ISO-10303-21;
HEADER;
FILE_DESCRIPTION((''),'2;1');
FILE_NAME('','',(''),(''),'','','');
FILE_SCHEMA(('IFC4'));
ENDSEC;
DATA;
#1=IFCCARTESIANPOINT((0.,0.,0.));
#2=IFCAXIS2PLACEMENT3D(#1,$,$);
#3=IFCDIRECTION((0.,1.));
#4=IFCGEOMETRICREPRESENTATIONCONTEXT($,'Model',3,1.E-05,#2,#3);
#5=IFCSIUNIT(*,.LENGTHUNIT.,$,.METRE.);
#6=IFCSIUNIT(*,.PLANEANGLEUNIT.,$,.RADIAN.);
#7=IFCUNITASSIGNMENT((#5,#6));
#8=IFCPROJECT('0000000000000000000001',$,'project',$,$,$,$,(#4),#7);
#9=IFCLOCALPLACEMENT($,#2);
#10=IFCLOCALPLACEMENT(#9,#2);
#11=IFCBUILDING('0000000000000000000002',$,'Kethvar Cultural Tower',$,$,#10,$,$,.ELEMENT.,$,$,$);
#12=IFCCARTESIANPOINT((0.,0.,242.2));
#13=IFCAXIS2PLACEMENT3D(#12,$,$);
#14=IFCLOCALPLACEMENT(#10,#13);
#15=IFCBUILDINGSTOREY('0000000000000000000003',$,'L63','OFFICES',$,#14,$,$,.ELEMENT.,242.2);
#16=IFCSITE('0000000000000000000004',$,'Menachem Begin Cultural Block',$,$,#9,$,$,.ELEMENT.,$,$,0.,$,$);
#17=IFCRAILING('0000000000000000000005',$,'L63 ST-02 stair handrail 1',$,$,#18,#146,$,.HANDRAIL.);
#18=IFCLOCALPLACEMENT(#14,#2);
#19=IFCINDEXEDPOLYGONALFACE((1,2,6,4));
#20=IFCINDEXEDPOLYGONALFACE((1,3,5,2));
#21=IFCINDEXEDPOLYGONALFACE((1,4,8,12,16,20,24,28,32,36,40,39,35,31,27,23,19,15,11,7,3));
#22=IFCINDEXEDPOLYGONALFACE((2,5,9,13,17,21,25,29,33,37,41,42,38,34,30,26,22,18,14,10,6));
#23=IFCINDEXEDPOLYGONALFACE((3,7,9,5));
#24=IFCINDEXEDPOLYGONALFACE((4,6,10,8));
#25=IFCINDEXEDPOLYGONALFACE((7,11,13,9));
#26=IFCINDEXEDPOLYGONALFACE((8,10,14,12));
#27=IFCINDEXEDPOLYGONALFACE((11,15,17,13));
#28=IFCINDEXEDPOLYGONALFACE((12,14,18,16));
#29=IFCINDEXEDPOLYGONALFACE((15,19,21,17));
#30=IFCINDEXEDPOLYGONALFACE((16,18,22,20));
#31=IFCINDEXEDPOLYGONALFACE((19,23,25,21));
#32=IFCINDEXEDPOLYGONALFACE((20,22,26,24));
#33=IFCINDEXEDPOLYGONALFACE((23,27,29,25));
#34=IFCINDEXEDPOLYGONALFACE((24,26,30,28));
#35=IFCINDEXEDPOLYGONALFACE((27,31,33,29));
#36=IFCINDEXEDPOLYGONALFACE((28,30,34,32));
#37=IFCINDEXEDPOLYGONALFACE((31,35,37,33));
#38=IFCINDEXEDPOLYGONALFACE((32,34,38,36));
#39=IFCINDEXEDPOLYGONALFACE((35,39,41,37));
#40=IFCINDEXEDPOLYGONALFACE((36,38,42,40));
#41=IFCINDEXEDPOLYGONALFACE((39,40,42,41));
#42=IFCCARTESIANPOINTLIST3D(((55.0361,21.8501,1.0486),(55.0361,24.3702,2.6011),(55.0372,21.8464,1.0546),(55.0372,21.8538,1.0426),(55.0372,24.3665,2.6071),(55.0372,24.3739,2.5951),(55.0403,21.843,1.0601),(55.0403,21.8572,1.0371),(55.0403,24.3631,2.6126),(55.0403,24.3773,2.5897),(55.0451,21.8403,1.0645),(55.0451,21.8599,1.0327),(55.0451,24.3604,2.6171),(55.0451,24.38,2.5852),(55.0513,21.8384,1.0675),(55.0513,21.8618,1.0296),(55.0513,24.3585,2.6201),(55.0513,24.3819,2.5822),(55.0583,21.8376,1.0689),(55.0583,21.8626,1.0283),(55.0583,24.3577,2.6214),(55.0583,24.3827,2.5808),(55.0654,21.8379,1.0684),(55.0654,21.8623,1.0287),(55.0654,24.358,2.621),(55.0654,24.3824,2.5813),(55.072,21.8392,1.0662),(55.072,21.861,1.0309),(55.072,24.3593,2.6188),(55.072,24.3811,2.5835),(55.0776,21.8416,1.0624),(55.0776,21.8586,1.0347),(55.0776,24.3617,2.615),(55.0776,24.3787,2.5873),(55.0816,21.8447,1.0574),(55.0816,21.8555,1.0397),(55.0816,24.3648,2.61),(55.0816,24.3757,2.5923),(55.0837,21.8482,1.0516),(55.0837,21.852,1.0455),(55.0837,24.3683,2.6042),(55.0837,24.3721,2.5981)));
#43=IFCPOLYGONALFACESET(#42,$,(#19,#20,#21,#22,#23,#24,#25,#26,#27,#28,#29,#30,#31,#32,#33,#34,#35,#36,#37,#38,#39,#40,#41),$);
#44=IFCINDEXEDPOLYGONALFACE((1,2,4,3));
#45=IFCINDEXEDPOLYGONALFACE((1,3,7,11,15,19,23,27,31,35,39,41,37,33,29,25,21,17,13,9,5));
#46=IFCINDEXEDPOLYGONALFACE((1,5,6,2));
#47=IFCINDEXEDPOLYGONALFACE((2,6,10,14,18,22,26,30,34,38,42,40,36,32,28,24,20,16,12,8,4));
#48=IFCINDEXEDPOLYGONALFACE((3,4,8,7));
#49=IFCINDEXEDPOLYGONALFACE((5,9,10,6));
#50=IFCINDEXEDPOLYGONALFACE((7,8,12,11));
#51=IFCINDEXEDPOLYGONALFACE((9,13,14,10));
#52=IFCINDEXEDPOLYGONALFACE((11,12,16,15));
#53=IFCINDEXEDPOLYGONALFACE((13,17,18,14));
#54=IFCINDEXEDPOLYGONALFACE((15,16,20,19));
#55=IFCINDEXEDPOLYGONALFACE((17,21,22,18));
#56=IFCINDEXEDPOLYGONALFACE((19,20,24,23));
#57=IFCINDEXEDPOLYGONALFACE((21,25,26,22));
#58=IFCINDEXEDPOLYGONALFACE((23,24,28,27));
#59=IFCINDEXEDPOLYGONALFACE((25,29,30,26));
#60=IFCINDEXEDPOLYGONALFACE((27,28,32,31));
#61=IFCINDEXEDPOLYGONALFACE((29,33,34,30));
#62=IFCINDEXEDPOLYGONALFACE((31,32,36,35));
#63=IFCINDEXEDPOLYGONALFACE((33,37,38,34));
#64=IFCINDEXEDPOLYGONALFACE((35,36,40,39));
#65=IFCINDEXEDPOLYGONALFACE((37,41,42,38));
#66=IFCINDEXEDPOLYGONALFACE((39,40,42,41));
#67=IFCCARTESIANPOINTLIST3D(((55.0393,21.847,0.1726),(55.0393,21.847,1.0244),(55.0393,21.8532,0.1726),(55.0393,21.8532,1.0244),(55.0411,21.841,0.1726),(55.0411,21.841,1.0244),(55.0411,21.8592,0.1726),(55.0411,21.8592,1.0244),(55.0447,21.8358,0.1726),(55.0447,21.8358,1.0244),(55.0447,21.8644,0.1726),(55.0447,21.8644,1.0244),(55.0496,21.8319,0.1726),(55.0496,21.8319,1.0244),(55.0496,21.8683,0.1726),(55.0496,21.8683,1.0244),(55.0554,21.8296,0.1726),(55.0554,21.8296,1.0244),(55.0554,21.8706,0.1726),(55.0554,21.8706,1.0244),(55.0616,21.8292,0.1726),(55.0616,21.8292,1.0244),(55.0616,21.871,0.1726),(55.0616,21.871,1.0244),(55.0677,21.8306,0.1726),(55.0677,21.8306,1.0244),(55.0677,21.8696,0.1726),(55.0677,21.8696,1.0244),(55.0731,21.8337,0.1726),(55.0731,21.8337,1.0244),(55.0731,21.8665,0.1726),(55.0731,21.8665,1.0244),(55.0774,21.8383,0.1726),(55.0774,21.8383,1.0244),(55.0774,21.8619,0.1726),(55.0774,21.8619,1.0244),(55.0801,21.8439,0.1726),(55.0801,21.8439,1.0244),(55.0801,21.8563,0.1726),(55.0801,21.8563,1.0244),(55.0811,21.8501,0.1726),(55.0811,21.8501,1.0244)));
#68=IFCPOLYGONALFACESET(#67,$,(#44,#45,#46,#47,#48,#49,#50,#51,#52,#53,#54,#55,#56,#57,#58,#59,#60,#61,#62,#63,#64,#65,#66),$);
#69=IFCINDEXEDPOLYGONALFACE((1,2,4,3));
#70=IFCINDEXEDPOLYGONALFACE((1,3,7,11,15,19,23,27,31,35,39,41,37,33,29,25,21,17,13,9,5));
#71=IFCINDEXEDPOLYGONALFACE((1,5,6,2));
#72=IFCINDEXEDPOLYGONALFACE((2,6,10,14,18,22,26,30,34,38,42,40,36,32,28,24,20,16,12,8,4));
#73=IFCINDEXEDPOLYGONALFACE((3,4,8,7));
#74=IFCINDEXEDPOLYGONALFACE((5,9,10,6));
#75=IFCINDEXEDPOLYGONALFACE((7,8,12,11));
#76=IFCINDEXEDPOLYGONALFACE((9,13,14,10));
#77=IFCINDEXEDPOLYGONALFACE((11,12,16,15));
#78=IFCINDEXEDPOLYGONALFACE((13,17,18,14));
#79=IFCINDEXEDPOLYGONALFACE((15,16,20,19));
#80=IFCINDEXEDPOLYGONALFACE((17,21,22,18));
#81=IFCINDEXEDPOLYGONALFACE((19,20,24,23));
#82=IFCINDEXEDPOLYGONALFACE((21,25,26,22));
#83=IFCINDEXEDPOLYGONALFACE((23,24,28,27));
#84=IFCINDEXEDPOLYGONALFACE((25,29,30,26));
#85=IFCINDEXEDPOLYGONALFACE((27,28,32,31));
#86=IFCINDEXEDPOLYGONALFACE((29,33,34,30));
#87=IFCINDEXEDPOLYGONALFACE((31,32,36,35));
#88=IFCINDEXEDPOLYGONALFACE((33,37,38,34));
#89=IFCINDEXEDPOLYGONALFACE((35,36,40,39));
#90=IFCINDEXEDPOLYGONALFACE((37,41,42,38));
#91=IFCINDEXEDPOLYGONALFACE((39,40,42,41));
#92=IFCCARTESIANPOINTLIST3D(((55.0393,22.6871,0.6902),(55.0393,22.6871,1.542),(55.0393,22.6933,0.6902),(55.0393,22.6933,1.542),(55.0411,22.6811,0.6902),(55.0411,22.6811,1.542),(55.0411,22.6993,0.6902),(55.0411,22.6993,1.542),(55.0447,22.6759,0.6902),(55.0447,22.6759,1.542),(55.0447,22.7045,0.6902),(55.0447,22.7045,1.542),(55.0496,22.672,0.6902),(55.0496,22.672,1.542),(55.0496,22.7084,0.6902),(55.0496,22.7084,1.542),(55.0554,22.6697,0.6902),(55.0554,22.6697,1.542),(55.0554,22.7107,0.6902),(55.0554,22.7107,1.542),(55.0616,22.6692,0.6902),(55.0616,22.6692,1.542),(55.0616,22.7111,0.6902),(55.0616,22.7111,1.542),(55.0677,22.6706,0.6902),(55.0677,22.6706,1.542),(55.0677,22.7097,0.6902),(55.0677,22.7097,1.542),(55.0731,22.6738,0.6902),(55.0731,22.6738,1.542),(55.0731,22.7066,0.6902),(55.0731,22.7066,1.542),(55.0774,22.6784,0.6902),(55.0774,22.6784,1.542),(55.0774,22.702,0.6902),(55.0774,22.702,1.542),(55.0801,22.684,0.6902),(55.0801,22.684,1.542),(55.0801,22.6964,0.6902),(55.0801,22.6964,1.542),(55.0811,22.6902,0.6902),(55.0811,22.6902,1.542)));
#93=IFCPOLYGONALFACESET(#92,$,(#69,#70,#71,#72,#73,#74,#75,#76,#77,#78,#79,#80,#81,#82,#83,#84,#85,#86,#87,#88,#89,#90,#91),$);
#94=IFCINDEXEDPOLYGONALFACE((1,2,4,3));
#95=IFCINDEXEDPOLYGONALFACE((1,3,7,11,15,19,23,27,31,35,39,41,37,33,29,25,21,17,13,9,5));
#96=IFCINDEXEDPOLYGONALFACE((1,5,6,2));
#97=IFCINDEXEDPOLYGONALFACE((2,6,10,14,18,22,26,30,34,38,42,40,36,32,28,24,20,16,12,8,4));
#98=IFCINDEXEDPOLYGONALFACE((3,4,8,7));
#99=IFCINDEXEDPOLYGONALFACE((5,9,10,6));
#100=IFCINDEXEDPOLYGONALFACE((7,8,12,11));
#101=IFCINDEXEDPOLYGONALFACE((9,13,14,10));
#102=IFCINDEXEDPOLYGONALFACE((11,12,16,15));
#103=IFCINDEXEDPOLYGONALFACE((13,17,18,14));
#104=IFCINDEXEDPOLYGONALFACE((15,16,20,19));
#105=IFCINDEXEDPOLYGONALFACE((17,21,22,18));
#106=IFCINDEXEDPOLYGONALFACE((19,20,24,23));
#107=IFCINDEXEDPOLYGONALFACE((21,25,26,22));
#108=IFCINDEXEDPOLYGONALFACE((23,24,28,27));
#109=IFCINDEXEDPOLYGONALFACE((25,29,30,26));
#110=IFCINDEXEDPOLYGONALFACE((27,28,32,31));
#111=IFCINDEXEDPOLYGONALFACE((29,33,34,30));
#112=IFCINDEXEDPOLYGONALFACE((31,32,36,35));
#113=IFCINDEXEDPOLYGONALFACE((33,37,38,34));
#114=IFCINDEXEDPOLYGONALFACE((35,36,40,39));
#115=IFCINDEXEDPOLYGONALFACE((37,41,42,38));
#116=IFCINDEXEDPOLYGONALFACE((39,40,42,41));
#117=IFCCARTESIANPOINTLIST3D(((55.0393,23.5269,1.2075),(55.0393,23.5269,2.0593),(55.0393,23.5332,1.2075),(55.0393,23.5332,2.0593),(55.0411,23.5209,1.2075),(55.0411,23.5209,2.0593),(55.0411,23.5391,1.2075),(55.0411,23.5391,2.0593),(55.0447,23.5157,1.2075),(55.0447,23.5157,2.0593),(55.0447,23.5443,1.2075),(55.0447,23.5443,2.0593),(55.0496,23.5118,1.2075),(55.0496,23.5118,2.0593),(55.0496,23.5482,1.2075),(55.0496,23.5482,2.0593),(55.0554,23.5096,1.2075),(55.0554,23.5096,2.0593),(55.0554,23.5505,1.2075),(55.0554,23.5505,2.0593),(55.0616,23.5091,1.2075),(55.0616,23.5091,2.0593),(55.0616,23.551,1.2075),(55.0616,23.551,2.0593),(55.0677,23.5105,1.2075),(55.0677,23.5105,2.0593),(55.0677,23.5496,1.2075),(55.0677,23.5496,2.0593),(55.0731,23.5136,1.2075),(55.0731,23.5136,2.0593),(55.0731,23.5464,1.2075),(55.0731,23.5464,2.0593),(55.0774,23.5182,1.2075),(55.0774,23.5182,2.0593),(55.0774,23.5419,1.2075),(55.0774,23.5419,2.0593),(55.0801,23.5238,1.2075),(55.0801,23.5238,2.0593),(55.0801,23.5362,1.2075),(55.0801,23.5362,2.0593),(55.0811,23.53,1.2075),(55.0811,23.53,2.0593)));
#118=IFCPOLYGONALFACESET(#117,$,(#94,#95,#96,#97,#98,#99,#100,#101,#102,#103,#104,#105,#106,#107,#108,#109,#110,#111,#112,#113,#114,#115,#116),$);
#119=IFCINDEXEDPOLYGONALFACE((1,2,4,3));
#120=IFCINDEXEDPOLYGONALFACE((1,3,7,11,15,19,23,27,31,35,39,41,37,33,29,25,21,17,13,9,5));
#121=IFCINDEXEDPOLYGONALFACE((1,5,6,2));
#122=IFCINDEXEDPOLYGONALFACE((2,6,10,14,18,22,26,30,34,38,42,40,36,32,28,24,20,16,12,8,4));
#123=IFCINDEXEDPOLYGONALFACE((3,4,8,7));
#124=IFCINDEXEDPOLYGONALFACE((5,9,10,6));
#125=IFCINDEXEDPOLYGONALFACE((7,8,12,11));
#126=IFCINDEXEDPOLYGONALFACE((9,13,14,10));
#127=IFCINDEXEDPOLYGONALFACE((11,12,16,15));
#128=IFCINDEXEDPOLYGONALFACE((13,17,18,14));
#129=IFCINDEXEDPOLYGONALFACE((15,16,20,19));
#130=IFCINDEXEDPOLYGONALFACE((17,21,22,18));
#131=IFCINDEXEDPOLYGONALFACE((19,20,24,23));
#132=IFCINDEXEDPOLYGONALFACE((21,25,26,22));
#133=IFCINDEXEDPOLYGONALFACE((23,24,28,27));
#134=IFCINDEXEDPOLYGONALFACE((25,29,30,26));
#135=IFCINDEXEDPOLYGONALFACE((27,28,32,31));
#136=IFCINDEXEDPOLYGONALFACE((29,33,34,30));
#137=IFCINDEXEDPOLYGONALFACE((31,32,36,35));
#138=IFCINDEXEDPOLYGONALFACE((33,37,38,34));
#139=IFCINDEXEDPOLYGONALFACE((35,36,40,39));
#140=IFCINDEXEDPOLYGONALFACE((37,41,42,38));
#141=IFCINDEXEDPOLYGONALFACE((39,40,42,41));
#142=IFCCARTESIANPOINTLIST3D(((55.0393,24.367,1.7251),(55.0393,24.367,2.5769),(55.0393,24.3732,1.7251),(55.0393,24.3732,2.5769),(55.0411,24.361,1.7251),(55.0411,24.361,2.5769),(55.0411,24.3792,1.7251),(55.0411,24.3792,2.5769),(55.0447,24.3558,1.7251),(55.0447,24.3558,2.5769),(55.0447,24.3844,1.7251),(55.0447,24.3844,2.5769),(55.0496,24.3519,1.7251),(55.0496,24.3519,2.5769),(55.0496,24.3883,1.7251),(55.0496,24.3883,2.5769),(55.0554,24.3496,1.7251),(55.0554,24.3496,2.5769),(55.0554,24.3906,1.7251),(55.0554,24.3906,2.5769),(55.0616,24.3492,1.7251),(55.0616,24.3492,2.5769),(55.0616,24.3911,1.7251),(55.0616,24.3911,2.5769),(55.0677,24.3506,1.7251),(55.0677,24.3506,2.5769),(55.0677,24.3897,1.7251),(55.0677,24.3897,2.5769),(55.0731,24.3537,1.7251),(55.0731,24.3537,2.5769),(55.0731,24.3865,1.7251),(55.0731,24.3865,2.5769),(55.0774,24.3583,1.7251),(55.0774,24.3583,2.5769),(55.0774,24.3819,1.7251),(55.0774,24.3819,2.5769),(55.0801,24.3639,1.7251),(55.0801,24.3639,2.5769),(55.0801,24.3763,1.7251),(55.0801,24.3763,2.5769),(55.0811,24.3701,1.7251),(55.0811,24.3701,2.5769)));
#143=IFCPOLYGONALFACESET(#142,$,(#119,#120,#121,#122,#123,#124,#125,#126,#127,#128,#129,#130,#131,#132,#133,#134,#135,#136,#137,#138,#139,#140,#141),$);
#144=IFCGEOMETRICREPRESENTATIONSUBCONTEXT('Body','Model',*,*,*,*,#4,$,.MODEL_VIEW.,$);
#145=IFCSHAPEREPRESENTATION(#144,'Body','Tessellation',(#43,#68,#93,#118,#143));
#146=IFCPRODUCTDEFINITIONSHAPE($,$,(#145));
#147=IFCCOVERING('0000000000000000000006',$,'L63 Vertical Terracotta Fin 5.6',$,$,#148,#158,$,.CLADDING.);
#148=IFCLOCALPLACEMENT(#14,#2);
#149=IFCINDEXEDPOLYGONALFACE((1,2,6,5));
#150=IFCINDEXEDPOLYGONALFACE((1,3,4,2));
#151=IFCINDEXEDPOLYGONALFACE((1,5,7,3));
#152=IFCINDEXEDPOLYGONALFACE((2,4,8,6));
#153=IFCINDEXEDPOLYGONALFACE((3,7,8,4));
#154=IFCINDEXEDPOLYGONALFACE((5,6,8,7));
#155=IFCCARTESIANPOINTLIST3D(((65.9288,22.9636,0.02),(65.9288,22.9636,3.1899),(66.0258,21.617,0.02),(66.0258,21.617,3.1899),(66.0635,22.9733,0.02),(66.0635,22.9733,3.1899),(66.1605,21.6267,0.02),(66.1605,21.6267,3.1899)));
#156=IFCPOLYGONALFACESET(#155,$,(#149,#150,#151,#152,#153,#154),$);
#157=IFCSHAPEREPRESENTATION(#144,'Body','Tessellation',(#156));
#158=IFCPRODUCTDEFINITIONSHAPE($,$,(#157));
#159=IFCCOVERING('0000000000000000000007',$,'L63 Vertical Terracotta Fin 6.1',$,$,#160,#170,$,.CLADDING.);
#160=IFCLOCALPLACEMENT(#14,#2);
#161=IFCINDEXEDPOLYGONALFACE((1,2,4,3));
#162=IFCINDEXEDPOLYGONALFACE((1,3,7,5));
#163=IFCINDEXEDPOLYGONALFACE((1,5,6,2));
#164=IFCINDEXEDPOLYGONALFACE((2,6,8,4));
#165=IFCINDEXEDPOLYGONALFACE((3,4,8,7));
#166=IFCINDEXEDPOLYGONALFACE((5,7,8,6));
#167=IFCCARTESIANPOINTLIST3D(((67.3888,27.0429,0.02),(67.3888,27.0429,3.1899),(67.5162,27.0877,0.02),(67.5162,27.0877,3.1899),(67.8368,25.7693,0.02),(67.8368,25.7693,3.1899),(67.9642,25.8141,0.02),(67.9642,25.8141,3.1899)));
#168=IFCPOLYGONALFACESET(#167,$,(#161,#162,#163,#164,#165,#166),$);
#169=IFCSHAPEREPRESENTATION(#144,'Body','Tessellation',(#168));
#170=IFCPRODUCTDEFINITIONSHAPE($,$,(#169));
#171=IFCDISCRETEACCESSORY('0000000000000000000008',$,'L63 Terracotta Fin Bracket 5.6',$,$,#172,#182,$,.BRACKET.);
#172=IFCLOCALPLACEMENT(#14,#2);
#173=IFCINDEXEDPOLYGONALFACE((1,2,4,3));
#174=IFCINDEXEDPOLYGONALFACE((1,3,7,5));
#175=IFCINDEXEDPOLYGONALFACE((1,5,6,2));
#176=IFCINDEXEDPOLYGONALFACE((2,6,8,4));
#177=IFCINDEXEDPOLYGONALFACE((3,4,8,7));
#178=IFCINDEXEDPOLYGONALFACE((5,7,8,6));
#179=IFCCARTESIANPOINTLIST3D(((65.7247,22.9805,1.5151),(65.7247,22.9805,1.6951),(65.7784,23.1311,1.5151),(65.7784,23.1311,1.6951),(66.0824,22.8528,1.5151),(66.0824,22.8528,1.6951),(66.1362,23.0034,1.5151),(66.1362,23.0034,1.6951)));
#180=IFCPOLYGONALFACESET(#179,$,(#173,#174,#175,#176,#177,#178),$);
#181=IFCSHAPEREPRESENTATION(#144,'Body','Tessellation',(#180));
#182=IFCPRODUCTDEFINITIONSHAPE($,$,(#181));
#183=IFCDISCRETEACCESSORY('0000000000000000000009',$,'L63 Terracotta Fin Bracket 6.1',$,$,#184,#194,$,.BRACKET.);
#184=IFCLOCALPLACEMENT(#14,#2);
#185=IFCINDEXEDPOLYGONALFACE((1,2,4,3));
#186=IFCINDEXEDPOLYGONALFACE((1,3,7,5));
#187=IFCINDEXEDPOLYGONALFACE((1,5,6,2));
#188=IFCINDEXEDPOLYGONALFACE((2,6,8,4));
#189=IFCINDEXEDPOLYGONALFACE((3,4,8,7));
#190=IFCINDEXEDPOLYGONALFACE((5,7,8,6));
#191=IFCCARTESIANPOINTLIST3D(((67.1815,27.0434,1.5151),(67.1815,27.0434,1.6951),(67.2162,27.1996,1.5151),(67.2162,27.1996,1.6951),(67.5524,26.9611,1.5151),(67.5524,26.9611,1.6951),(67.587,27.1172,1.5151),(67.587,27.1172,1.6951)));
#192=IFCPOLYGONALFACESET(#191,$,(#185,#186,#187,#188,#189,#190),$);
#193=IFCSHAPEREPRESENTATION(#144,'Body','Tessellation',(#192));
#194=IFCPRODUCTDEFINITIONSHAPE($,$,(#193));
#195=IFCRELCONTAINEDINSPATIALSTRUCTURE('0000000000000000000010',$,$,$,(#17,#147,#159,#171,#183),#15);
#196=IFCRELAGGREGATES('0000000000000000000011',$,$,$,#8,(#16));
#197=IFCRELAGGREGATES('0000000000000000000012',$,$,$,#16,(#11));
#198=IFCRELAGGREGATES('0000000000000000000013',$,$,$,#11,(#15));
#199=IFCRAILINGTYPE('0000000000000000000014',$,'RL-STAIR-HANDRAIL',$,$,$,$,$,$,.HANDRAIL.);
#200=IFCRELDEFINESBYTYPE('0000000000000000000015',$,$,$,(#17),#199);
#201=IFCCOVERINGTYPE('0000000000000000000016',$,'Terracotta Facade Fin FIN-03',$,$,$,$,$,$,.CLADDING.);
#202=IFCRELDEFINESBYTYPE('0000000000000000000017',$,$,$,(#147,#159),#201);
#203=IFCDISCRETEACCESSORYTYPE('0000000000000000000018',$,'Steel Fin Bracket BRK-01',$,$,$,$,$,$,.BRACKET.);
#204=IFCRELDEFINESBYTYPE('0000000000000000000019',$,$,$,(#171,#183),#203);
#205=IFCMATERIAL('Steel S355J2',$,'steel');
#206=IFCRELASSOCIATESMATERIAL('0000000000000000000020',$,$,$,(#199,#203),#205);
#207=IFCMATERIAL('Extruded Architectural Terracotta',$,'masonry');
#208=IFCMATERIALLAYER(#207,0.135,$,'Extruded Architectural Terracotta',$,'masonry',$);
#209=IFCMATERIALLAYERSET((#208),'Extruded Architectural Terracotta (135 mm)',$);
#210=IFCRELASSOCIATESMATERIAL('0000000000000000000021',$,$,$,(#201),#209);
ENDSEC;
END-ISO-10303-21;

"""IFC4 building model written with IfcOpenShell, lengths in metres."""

from ifc_helpers import new_model, si_unit, direction, frame, origin, origin_2d, place, context, subcontext, project, spatial, rectangle, circle, extrude, source, transform, mapped, material, layer, layer_set, type_object, element, save


model = new_model("IFC4")

# Units and contexts
model_context = context("Model", 3, precision=1e-05, world=origin(), true_north=direction((0.0, 1.0)))
body_context = subcontext(model_context, "Body", "Model", "MODEL_VIEW")
ifc_project = project(units=[si_unit("LENGTHUNIT", "METRE"), si_unit("PLANEANGLEUNIT", "RADIAN")], contexts=[model_context])

# Site, building, storey
site_placement = place(None, origin())
site = spatial("IfcSite", under=ifc_project, at=site_placement, Name="Menachem Begin Cultural Block", CompositionType="ELEMENT", RefElevation=0.0)
building_placement = place(site_placement, origin())
building = spatial("IfcBuilding", under=site, at=building_placement, Name="Kethvar Cultural Tower", CompositionType="ELEMENT")
storey_placement = place(building_placement, frame((0.0, 0.0, 242.2)))
storey = spatial("IfcBuildingStorey", under=building, at=storey_placement, Name="L63", Description="OFFICES", CompositionType="ELEMENT", Elevation=242.2)

# Shared definitions
ifc_material_1 = material(Name="Steel S355J2", Category="steel")

# Railing
railing_type = type_object("IfcRailingType", Name="RL-STAIR-HANDRAIL", PredefinedType="HANDRAIL", material=ifc_material_1)
railing_placement = place(storey_placement, frame((55.0601, 21.8501, 0.1726)))
element("IfcRailing", 1, at=railing_placement, inside=storey, type_object=railing_type, Name="L63 ST-02 stair handrail 1", PredefinedType="HANDRAIL", context=body_context, shape_type="SweptSolid", body=[
    extrude(circle(Radius=0.0239, at=origin_2d()), frame((0.0, 0.0, 0.876), z_axis=(0.0, 0.8514, 0.524516), x_axis=(-1.0, 0.0, 0.0)), (0.0, 0.0, 1.0), 2.96),
    extrude(circle(Radius=0.021, at=origin_2d()), origin(), (0.0, 0.0, 1.0), 0.8518),
    extrude(circle(Radius=0.021, at=origin_2d()), frame((0.0, 0.8401, 0.5176)), (0.0, 0.0, 1.0), 0.8518),
    extrude(circle(Radius=0.021, at=origin_2d()), frame((0.0, 1.6799, 1.0349)), (0.0, 0.0, 1.0), 0.8518),
    extrude(circle(Radius=0.021, at=origin_2d()), frame((0.0, 2.52, 1.5525)), (0.0, 0.0, 1.0), 0.8518),
])

# Coverings
ifc_material_2 = material(Name="Extruded Architectural Terracotta", Category="masonry")
ifc_layer_1 = layer(ifc_material_2, 0.135, Name="Extruded Architectural Terracotta", Category="masonry")
ifc_layer_set_1 = layer_set([ifc_layer_1], Name="Extruded Architectural Terracotta (135 mm)")
covering_type = type_object("IfcCoveringType", Name="Terracotta Facade Fin FIN-03", PredefinedType="CLADDING", material=ifc_layer_set_1)
shared_shape_1 = source(origin(), body_context, "Body", "SweptSolid", [
    extrude(rectangle(XDim=1.3501, YDim=0.135, at=origin_2d()), origin(), (0.0, 0.0, 1.0), 3.1699),
])
for number, where, z_axis, x_axis, name in (
    (2, (66.0447, 22.2952, 0.02), (0.0, 0.0, 1.0), (0.071846, -0.997416, 0.0), "L63 Vertical Terracotta Fin 5.6"),
    (3, (67.6765, 26.4285, 0.02), (0.0, 0.0, 1.0), (0.331832, -0.943339, 0.0), "L63 Vertical Terracotta Fin 6.1"),
):
    element("IfcCovering", number, at=place(storey_placement, frame(where, z_axis=z_axis, x_axis=x_axis)), inside=storey, type_object=covering_type, Name=name, PredefinedType="CLADDING", context=body_context, shape_type="MappedRepresentation", body=[
        mapped(shared_shape_1, transform((0.0, 0.0, 0.0), scale=1.0)),
    ])

# Discrete accessories
discrete_accessory_type = type_object("IfcDiscreteAccessoryType", Name="Steel Fin Bracket BRK-01", PredefinedType="BRACKET", material=ifc_material_1)
shared_shape_2 = source(origin(), body_context, "Body", "SweptSolid", [
    extrude(rectangle(XDim=0.3799, YDim=0.1599, at=origin_2d()), origin(), (0.0, 0.0, 1.0), 0.1799),
])
for number, where, z_axis, x_axis, name in (
    (4, (65.9304, 22.9919, 1.5151), (0.0, 0.0, 1.0), (0.941823, -0.336109, 0.0), "L63 Terracotta Fin Bracket 5.6"),
    (5, (67.3843, 27.0803, 1.5151), (0.0, 0.0, 1.0), (0.97622, -0.21678, 0.0), "L63 Terracotta Fin Bracket 6.1"),
):
    element("IfcDiscreteAccessory", number, at=place(storey_placement, frame(where, z_axis=z_axis, x_axis=x_axis)), inside=storey, type_object=discrete_accessory_type, Name=name, PredefinedType="BRACKET", context=body_context, shape_type="MappedRepresentation", body=[
        mapped(shared_shape_2, transform((0.0, 0.0, 0.0), scale=1.0)),
    ])

save(model, "model.ifc")
